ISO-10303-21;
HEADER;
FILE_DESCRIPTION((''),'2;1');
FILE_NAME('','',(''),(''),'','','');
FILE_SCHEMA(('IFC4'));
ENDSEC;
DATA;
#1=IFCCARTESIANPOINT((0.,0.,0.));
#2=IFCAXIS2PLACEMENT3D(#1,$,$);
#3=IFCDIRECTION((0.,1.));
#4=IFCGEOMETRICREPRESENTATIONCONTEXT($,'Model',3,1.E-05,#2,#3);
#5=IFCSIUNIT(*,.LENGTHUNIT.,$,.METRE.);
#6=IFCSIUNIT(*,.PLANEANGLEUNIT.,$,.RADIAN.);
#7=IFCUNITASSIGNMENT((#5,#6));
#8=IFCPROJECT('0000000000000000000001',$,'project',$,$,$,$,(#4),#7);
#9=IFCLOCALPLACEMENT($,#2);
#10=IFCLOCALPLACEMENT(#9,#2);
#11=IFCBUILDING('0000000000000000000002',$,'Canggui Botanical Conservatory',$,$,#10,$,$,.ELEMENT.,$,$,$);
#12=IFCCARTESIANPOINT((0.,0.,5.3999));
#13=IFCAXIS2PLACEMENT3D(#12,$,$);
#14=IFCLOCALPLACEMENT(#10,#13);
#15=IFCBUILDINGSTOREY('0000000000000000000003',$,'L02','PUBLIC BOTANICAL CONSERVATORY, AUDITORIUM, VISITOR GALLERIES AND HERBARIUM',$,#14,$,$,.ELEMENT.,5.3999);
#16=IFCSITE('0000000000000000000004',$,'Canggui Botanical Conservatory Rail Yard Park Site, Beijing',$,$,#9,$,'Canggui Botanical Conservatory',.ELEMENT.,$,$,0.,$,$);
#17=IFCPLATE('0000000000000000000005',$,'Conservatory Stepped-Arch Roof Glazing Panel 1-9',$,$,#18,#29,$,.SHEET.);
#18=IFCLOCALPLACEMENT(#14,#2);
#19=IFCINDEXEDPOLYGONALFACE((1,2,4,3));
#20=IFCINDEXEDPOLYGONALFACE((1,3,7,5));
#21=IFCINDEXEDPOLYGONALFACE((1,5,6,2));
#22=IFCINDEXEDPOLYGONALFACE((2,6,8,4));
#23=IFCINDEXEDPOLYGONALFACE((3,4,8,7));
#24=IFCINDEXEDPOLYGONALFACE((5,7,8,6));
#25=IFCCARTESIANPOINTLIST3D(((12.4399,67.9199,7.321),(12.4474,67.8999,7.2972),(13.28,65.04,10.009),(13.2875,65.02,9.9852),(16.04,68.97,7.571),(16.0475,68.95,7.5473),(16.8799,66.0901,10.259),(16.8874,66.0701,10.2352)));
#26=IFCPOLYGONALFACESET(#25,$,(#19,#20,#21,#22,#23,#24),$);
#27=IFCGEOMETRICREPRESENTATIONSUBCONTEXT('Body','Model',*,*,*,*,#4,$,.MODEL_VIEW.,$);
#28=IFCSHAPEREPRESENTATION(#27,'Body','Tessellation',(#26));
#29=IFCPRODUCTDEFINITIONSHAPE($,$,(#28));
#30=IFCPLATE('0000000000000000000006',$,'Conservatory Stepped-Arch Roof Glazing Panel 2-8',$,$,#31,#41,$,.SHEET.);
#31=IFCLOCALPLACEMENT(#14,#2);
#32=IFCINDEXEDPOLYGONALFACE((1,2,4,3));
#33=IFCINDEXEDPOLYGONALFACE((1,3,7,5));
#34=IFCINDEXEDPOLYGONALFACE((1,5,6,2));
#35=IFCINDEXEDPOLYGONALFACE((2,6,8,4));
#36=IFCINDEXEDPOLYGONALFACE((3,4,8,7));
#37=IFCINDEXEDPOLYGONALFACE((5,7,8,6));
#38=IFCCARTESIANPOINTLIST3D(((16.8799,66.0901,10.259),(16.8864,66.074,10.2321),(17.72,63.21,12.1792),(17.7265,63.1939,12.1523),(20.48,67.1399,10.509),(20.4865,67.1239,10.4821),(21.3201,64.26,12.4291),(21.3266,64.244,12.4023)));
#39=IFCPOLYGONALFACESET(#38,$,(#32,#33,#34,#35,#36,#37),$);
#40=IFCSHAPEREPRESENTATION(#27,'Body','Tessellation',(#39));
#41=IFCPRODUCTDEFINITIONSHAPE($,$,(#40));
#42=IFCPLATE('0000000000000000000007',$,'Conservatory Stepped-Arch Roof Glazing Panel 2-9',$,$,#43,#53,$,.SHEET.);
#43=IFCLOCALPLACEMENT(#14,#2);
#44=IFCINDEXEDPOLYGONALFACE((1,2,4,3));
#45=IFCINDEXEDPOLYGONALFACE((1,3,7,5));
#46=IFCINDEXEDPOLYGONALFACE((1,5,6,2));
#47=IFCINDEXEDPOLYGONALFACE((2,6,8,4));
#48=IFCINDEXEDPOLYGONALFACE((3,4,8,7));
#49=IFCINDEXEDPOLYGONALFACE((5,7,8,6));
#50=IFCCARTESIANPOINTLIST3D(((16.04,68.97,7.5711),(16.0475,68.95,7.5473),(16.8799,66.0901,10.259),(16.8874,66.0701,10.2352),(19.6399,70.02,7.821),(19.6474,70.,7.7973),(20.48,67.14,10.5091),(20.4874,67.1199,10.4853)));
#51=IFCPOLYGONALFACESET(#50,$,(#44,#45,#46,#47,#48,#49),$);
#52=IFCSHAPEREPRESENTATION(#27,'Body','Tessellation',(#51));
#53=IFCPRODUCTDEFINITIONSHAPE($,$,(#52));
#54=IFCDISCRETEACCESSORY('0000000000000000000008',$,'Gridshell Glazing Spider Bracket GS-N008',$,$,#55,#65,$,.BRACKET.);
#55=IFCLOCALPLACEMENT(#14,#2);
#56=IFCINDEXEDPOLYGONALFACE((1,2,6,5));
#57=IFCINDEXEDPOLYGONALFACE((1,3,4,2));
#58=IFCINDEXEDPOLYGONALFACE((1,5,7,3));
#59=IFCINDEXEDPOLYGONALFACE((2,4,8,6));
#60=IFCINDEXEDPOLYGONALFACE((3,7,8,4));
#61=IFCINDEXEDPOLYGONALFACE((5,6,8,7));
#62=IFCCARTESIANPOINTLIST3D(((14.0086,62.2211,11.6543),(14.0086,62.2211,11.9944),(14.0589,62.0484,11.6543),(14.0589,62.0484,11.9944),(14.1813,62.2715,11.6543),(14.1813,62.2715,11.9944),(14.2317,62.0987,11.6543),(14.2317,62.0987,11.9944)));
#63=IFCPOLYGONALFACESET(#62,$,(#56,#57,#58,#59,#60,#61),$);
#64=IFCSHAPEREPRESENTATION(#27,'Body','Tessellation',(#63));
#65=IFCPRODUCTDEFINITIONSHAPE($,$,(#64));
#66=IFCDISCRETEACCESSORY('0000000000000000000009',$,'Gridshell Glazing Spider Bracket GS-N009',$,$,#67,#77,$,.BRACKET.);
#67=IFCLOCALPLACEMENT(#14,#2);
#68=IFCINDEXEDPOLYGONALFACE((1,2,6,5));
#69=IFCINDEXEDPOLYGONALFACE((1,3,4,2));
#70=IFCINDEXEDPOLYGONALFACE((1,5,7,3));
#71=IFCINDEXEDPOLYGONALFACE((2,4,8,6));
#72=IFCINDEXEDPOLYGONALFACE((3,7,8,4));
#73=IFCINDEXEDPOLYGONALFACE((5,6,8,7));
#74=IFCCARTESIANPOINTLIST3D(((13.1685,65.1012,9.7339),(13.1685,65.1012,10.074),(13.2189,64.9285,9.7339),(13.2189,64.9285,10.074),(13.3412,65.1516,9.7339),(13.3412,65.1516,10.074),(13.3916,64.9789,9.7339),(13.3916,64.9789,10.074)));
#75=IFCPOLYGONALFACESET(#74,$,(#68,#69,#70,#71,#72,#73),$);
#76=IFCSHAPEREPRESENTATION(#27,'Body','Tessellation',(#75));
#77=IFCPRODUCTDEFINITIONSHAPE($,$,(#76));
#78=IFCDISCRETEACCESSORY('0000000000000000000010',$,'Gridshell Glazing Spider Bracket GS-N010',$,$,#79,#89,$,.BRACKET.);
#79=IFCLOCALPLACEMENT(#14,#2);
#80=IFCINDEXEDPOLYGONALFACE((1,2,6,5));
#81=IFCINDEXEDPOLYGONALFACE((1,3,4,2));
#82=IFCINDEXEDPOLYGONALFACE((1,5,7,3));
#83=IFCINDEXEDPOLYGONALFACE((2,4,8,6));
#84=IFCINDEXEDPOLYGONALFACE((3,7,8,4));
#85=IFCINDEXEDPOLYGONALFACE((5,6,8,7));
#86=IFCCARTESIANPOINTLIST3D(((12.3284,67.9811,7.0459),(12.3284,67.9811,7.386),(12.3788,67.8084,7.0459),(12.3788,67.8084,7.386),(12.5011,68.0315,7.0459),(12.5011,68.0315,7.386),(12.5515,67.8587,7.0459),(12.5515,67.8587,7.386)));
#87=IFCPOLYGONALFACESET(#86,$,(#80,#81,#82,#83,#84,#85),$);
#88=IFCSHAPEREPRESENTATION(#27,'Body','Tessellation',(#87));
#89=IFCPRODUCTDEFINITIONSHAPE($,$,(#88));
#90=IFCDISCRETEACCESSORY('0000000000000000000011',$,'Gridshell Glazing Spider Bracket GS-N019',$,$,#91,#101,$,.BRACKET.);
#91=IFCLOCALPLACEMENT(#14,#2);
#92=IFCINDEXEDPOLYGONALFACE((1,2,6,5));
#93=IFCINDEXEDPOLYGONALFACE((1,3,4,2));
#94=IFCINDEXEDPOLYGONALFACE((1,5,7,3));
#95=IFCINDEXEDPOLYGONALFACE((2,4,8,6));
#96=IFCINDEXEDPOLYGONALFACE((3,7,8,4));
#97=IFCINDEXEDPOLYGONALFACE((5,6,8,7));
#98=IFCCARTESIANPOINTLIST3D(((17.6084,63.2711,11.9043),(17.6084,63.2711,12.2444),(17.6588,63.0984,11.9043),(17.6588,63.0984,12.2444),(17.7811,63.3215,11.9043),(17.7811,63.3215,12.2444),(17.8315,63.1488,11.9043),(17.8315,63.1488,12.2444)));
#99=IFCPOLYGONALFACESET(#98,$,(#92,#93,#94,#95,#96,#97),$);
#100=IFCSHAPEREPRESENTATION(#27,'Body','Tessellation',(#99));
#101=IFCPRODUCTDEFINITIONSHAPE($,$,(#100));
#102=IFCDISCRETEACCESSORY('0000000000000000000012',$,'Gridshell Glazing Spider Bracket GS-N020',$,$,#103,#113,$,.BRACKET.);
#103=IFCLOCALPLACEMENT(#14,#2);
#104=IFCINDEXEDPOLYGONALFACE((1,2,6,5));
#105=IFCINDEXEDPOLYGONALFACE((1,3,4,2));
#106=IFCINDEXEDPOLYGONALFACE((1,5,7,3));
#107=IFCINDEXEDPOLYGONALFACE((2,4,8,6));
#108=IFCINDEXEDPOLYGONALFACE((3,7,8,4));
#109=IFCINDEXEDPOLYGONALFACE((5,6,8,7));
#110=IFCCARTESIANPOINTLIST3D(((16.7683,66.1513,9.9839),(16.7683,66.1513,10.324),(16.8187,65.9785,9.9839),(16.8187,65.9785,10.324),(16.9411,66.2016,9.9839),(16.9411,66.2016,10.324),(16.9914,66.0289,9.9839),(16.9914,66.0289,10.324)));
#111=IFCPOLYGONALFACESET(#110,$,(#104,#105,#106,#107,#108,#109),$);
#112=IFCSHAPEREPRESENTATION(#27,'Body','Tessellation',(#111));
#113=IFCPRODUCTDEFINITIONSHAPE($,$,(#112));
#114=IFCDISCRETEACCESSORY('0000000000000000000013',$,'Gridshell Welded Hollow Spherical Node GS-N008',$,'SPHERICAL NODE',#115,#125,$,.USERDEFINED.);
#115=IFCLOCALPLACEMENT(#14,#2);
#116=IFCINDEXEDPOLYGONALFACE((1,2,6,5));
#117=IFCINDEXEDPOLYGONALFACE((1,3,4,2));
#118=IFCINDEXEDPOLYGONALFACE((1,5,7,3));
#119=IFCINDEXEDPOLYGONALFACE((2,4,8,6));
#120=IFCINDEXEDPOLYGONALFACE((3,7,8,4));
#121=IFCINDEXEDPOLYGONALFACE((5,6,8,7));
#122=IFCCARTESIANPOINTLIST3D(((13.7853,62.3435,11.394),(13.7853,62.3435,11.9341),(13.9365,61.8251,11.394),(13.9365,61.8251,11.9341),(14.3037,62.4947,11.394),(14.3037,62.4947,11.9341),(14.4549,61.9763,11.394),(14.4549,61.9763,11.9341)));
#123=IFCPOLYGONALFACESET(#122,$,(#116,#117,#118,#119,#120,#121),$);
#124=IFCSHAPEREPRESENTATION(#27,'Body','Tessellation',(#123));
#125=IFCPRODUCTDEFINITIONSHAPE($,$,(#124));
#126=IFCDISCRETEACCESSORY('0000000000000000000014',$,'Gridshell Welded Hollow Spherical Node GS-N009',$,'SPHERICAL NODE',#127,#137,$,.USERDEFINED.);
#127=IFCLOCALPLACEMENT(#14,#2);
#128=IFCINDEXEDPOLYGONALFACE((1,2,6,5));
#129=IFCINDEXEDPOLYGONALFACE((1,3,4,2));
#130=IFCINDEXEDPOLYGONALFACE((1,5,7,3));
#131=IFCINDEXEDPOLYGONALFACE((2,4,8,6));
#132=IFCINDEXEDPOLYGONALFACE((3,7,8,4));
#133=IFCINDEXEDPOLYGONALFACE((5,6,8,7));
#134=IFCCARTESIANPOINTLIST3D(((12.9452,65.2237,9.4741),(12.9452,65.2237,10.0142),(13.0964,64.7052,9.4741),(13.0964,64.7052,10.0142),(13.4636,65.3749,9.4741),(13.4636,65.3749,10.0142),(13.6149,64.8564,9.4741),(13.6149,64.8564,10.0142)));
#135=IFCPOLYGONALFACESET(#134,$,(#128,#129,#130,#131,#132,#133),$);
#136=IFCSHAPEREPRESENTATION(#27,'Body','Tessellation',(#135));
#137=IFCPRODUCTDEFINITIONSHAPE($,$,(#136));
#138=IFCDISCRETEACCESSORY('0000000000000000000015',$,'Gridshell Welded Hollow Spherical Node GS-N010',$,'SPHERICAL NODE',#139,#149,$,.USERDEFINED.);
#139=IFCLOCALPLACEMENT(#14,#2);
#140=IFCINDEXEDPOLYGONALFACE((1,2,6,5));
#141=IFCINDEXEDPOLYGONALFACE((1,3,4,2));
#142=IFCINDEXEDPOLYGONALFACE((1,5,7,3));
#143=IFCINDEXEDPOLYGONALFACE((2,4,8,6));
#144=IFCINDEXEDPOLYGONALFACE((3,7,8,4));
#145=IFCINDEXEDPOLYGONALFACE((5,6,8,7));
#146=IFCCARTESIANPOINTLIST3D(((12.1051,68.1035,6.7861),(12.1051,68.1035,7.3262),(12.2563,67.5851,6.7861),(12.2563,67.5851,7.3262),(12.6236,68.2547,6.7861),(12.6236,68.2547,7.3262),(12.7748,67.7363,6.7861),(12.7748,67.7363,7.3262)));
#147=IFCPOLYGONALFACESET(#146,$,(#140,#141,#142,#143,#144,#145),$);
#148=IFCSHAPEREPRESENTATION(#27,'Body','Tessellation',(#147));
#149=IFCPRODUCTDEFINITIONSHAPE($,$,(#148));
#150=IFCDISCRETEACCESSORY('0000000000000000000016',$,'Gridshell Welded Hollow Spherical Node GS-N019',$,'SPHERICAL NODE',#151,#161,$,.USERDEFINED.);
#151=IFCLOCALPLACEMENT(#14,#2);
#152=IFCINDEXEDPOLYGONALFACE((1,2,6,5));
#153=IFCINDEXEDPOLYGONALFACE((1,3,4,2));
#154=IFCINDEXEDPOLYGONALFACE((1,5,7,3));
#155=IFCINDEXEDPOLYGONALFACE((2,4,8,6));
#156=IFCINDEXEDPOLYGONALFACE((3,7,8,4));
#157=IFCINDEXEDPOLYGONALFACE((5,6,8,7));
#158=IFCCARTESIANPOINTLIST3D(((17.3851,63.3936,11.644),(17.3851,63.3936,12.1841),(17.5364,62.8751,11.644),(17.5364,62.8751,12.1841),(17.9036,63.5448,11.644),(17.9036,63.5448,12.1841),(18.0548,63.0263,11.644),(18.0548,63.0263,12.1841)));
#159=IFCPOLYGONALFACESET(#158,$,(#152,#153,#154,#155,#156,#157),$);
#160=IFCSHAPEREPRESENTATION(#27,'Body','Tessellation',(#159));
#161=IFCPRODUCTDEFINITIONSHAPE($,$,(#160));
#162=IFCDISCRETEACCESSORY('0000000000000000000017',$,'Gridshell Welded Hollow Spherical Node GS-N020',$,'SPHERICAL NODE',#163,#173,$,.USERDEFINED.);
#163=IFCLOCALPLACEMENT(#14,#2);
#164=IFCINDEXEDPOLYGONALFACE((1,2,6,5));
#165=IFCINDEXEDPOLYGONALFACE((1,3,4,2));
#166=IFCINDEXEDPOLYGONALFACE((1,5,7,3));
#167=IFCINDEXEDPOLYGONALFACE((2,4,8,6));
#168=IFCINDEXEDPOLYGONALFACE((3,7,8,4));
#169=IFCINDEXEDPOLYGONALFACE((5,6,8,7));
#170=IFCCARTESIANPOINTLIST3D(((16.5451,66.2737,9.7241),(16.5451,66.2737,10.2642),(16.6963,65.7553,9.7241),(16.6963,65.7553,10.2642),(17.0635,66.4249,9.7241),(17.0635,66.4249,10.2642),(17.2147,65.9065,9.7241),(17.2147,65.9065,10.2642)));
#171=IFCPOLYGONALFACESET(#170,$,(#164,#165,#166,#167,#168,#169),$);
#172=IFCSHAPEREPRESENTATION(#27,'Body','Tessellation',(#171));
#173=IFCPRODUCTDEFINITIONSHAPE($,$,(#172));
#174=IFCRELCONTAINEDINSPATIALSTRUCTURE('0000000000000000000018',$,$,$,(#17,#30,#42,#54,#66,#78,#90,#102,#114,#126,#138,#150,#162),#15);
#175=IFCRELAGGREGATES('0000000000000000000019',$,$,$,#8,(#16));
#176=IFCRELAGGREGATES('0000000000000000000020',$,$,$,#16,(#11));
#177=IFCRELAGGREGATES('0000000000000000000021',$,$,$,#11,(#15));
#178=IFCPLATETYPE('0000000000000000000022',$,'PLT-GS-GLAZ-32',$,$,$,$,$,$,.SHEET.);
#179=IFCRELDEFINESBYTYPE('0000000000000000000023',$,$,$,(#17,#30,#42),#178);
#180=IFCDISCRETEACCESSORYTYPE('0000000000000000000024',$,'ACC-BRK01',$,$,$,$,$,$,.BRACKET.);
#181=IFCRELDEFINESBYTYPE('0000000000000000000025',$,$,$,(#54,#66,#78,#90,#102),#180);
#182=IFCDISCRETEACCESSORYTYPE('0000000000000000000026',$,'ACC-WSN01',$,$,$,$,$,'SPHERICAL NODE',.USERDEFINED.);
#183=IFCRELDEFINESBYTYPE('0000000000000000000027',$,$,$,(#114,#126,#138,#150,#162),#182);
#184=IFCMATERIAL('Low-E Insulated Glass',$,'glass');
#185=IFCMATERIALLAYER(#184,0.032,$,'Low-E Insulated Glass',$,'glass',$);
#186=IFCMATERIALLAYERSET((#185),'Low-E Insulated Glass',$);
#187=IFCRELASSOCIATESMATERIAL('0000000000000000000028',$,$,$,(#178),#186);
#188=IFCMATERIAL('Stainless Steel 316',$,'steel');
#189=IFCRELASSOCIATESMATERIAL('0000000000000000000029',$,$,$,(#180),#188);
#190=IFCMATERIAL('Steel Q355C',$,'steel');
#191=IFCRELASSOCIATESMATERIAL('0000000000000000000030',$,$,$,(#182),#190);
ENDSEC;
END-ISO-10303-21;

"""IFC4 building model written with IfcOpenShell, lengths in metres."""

from ifc_helpers import new_model, si_unit, direction, frame, origin, origin_2d, place, context, subcontext, project, spatial, polyline, rectangle, outline, extrude, material, layer, layer_set, type_object, element, save


model = new_model("IFC4")

# Units and contexts
model_context = context("Model", 3, precision=1e-05, world=origin(), true_north=direction((0.0, 1.0)))
body_context = subcontext(model_context, "Body", "Model", "MODEL_VIEW")
ifc_project = project(units=[si_unit("LENGTHUNIT", "METRE"), si_unit("PLANEANGLEUNIT", "RADIAN")], contexts=[model_context])

# Site, building, storey
site_placement = place(None, origin())
site = spatial("IfcSite", under=ifc_project, at=site_placement, Name="Canggui Botanical Conservatory Rail Yard Park Site, Beijing", LongName="Canggui Botanical Conservatory", CompositionType="ELEMENT", RefElevation=0.0)
building_placement = place(site_placement, origin())
building = spatial("IfcBuilding", under=site, at=building_placement, Name="Canggui Botanical Conservatory", CompositionType="ELEMENT")
storey_placement = place(building_placement, frame((0.0, 0.0, 5.3999)))
storey = spatial("IfcBuildingStorey", under=building, at=storey_placement, Name="L02", Description="PUBLIC BOTANICAL CONSERVATORY, AUDITORIUM, VISITOR GALLERIES AND HERBARIUM", CompositionType="ELEMENT", Elevation=5.3999)

# Shared definitions
ifc_material_1 = material(Name="Steel Q355C", Category="steel")

# Shared definitions
ifc_material_2 = material(Name="Low-E Insulated Glass", Category="glass")

# Plates
ifc_layer_1 = layer(ifc_material_2, 0.032, Name="Low-E Insulated Glass", Category="glass")
ifc_layer_set_1 = layer_set([ifc_layer_1], Name="Low-E Insulated Glass")
plate_type_1 = type_object("IfcPlateType", Name="PLT-GS-GLAZ-32", PredefinedType="SHEET", material=ifc_layer_set_1)
plate_1_placement = place(storey_placement, frame((13.28, 65.04, 10.009), z_axis=(-0.234238, 0.625961, 0.743845), x_axis=(0.957869, 0.279397, 0.066516)))
element("IfcPlate", 1, at=plate_1_placement, inside=storey, type_object=plate_type_1, Name="Conservatory Stepped-Arch Roof Glazing Panel 1-9", PredefinedType="SHEET", context=body_context, shape_type="SweptSolid", body=[
    extrude(outline(polyline([(0.0, 0.0), (3.7582, 0.0), (3.5796, 4.024), (-0.1789, 4.024), (0.0, 0.0)])), origin(), (0.0, 0.0, -1.0), 0.032),
])
plate_2_placement = place(storey_placement, frame((17.72, 63.21, 12.1792), z_axis=(-0.204511, 0.501012, 0.840929), x_axis=(0.957876, 0.279377, 0.066503)))
element("IfcPlate", 2, at=plate_2_placement, inside=storey, type_object=plate_type_1, Name="Conservatory Stepped-Arch Roof Glazing Panel 2-8", PredefinedType="SHEET", context=body_context, shape_type="SweptSolid", body=[
    extrude(outline(polyline([(0.0, 0.0), (3.7584, 0.0), (3.6306, 3.5595), (-0.1278, 3.5597), (0.0, 0.0)])), origin(), (0.0, 0.0, -1.0), 0.032),
])
plate_3_placement = place(storey_placement, frame((16.8799, 66.0901, 10.259), z_axis=(-0.234215, 0.625954, 0.743858), x_axis=(0.957883, 0.279342, 0.066539)))
element("IfcPlate", 3, at=plate_3_placement, inside=storey, type_object=plate_type_1, Name="Conservatory Stepped-Arch Roof Glazing Panel 2-9", PredefinedType="SHEET", context=body_context, shape_type="SweptSolid", body=[
    extrude(outline(polyline([(0.0, 0.0), (3.7584, 0.0), (3.5793, 4.0242), (-0.1789, 4.024), (0.0, 0.0)])), origin(), (0.0, 0.0, -1.0), 0.032),
])

# Discrete accessories
ifc_material_3 = material(Name="Stainless Steel 316", Category="steel")
discrete_accessory_type_1 = type_object("IfcDiscreteAccessoryType", Name="ACC-BRK01", PredefinedType="BRACKET", material=ifc_material_3)
for number, where, z_axis, x_axis, name in (
    (4, (14.1201, 62.1599, 11.6543), (0.0, 0.0, 1.0), (0.96, 0.28, 0.0), "Gridshell Glazing Spider Bracket GS-N008"),
    (5, (13.28, 65.04, 9.7339), (0.0, 0.0, 1.0), (0.96, 0.28, 0.0), "Gridshell Glazing Spider Bracket GS-N009"),
    (6, (12.4399, 67.9199, 7.0459), (0.0, 0.0, 1.0), (0.96, 0.28, 0.0), "Gridshell Glazing Spider Bracket GS-N010"),
    (7, (17.72, 63.21, 11.9043), (0.0, 0.0, 1.0), (0.96, 0.28, 0.0), "Gridshell Glazing Spider Bracket GS-N019"),
    (8, (16.8799, 66.0901, 9.9839), (0.0, 0.0, 1.0), (0.96, 0.28, 0.0), "Gridshell Glazing Spider Bracket GS-N020"),
):
    element("IfcDiscreteAccessory", number, at=place(storey_placement, frame(where, z_axis=z_axis, x_axis=x_axis)), inside=storey, type_object=discrete_accessory_type_1, Name=name, PredefinedType="BRACKET", context=body_context, shape_type="SweptSolid", body=[
        extrude(rectangle(XDim=0.1799, YDim=0.1799, at=origin_2d()), origin(), (0.0, 0.0, 1.0), 0.3401),
    ])
discrete_accessory_type_2 = type_object("IfcDiscreteAccessoryType", Name="ACC-WSN01", ElementType="SPHERICAL NODE", PredefinedType="USERDEFINED", material=ifc_material_1)
for number, where, z_axis, x_axis, name in (
    (9, (14.1201, 62.1599, 11.394), (0.0, 0.0, 1.0), (0.96, 0.28, 0.0), "Gridshell Welded Hollow Spherical Node GS-N008"),
    (10, (13.28, 65.04, 9.4741), (0.0, 0.0, 1.0), (0.96, 0.28, 0.0), "Gridshell Welded Hollow Spherical Node GS-N009"),
    (11, (12.4399, 67.9199, 6.7861), (0.0, 0.0, 1.0), (0.96, 0.28, 0.0), "Gridshell Welded Hollow Spherical Node GS-N010"),
    (12, (17.72, 63.21, 11.644), (0.0, 0.0, 1.0), (0.96, 0.28, 0.0), "Gridshell Welded Hollow Spherical Node GS-N019"),
    (13, (16.8799, 66.0901, 9.7241), (0.0, 0.0, 1.0), (0.96, 0.28, 0.0), "Gridshell Welded Hollow Spherical Node GS-N020"),
):
    element("IfcDiscreteAccessory", number, at=place(storey_placement, frame(where, z_axis=z_axis, x_axis=x_axis)), inside=storey, type_object=discrete_accessory_type_2, Name=name, ObjectType="SPHERICAL NODE", PredefinedType="USERDEFINED", context=body_context, shape_type="SweptSolid", body=[
        extrude(rectangle(XDim=0.54, YDim=0.54, at=origin_2d()), origin(), (0.0, 0.0, 1.0), 0.54),
    ])

save(model, "model.ifc")
